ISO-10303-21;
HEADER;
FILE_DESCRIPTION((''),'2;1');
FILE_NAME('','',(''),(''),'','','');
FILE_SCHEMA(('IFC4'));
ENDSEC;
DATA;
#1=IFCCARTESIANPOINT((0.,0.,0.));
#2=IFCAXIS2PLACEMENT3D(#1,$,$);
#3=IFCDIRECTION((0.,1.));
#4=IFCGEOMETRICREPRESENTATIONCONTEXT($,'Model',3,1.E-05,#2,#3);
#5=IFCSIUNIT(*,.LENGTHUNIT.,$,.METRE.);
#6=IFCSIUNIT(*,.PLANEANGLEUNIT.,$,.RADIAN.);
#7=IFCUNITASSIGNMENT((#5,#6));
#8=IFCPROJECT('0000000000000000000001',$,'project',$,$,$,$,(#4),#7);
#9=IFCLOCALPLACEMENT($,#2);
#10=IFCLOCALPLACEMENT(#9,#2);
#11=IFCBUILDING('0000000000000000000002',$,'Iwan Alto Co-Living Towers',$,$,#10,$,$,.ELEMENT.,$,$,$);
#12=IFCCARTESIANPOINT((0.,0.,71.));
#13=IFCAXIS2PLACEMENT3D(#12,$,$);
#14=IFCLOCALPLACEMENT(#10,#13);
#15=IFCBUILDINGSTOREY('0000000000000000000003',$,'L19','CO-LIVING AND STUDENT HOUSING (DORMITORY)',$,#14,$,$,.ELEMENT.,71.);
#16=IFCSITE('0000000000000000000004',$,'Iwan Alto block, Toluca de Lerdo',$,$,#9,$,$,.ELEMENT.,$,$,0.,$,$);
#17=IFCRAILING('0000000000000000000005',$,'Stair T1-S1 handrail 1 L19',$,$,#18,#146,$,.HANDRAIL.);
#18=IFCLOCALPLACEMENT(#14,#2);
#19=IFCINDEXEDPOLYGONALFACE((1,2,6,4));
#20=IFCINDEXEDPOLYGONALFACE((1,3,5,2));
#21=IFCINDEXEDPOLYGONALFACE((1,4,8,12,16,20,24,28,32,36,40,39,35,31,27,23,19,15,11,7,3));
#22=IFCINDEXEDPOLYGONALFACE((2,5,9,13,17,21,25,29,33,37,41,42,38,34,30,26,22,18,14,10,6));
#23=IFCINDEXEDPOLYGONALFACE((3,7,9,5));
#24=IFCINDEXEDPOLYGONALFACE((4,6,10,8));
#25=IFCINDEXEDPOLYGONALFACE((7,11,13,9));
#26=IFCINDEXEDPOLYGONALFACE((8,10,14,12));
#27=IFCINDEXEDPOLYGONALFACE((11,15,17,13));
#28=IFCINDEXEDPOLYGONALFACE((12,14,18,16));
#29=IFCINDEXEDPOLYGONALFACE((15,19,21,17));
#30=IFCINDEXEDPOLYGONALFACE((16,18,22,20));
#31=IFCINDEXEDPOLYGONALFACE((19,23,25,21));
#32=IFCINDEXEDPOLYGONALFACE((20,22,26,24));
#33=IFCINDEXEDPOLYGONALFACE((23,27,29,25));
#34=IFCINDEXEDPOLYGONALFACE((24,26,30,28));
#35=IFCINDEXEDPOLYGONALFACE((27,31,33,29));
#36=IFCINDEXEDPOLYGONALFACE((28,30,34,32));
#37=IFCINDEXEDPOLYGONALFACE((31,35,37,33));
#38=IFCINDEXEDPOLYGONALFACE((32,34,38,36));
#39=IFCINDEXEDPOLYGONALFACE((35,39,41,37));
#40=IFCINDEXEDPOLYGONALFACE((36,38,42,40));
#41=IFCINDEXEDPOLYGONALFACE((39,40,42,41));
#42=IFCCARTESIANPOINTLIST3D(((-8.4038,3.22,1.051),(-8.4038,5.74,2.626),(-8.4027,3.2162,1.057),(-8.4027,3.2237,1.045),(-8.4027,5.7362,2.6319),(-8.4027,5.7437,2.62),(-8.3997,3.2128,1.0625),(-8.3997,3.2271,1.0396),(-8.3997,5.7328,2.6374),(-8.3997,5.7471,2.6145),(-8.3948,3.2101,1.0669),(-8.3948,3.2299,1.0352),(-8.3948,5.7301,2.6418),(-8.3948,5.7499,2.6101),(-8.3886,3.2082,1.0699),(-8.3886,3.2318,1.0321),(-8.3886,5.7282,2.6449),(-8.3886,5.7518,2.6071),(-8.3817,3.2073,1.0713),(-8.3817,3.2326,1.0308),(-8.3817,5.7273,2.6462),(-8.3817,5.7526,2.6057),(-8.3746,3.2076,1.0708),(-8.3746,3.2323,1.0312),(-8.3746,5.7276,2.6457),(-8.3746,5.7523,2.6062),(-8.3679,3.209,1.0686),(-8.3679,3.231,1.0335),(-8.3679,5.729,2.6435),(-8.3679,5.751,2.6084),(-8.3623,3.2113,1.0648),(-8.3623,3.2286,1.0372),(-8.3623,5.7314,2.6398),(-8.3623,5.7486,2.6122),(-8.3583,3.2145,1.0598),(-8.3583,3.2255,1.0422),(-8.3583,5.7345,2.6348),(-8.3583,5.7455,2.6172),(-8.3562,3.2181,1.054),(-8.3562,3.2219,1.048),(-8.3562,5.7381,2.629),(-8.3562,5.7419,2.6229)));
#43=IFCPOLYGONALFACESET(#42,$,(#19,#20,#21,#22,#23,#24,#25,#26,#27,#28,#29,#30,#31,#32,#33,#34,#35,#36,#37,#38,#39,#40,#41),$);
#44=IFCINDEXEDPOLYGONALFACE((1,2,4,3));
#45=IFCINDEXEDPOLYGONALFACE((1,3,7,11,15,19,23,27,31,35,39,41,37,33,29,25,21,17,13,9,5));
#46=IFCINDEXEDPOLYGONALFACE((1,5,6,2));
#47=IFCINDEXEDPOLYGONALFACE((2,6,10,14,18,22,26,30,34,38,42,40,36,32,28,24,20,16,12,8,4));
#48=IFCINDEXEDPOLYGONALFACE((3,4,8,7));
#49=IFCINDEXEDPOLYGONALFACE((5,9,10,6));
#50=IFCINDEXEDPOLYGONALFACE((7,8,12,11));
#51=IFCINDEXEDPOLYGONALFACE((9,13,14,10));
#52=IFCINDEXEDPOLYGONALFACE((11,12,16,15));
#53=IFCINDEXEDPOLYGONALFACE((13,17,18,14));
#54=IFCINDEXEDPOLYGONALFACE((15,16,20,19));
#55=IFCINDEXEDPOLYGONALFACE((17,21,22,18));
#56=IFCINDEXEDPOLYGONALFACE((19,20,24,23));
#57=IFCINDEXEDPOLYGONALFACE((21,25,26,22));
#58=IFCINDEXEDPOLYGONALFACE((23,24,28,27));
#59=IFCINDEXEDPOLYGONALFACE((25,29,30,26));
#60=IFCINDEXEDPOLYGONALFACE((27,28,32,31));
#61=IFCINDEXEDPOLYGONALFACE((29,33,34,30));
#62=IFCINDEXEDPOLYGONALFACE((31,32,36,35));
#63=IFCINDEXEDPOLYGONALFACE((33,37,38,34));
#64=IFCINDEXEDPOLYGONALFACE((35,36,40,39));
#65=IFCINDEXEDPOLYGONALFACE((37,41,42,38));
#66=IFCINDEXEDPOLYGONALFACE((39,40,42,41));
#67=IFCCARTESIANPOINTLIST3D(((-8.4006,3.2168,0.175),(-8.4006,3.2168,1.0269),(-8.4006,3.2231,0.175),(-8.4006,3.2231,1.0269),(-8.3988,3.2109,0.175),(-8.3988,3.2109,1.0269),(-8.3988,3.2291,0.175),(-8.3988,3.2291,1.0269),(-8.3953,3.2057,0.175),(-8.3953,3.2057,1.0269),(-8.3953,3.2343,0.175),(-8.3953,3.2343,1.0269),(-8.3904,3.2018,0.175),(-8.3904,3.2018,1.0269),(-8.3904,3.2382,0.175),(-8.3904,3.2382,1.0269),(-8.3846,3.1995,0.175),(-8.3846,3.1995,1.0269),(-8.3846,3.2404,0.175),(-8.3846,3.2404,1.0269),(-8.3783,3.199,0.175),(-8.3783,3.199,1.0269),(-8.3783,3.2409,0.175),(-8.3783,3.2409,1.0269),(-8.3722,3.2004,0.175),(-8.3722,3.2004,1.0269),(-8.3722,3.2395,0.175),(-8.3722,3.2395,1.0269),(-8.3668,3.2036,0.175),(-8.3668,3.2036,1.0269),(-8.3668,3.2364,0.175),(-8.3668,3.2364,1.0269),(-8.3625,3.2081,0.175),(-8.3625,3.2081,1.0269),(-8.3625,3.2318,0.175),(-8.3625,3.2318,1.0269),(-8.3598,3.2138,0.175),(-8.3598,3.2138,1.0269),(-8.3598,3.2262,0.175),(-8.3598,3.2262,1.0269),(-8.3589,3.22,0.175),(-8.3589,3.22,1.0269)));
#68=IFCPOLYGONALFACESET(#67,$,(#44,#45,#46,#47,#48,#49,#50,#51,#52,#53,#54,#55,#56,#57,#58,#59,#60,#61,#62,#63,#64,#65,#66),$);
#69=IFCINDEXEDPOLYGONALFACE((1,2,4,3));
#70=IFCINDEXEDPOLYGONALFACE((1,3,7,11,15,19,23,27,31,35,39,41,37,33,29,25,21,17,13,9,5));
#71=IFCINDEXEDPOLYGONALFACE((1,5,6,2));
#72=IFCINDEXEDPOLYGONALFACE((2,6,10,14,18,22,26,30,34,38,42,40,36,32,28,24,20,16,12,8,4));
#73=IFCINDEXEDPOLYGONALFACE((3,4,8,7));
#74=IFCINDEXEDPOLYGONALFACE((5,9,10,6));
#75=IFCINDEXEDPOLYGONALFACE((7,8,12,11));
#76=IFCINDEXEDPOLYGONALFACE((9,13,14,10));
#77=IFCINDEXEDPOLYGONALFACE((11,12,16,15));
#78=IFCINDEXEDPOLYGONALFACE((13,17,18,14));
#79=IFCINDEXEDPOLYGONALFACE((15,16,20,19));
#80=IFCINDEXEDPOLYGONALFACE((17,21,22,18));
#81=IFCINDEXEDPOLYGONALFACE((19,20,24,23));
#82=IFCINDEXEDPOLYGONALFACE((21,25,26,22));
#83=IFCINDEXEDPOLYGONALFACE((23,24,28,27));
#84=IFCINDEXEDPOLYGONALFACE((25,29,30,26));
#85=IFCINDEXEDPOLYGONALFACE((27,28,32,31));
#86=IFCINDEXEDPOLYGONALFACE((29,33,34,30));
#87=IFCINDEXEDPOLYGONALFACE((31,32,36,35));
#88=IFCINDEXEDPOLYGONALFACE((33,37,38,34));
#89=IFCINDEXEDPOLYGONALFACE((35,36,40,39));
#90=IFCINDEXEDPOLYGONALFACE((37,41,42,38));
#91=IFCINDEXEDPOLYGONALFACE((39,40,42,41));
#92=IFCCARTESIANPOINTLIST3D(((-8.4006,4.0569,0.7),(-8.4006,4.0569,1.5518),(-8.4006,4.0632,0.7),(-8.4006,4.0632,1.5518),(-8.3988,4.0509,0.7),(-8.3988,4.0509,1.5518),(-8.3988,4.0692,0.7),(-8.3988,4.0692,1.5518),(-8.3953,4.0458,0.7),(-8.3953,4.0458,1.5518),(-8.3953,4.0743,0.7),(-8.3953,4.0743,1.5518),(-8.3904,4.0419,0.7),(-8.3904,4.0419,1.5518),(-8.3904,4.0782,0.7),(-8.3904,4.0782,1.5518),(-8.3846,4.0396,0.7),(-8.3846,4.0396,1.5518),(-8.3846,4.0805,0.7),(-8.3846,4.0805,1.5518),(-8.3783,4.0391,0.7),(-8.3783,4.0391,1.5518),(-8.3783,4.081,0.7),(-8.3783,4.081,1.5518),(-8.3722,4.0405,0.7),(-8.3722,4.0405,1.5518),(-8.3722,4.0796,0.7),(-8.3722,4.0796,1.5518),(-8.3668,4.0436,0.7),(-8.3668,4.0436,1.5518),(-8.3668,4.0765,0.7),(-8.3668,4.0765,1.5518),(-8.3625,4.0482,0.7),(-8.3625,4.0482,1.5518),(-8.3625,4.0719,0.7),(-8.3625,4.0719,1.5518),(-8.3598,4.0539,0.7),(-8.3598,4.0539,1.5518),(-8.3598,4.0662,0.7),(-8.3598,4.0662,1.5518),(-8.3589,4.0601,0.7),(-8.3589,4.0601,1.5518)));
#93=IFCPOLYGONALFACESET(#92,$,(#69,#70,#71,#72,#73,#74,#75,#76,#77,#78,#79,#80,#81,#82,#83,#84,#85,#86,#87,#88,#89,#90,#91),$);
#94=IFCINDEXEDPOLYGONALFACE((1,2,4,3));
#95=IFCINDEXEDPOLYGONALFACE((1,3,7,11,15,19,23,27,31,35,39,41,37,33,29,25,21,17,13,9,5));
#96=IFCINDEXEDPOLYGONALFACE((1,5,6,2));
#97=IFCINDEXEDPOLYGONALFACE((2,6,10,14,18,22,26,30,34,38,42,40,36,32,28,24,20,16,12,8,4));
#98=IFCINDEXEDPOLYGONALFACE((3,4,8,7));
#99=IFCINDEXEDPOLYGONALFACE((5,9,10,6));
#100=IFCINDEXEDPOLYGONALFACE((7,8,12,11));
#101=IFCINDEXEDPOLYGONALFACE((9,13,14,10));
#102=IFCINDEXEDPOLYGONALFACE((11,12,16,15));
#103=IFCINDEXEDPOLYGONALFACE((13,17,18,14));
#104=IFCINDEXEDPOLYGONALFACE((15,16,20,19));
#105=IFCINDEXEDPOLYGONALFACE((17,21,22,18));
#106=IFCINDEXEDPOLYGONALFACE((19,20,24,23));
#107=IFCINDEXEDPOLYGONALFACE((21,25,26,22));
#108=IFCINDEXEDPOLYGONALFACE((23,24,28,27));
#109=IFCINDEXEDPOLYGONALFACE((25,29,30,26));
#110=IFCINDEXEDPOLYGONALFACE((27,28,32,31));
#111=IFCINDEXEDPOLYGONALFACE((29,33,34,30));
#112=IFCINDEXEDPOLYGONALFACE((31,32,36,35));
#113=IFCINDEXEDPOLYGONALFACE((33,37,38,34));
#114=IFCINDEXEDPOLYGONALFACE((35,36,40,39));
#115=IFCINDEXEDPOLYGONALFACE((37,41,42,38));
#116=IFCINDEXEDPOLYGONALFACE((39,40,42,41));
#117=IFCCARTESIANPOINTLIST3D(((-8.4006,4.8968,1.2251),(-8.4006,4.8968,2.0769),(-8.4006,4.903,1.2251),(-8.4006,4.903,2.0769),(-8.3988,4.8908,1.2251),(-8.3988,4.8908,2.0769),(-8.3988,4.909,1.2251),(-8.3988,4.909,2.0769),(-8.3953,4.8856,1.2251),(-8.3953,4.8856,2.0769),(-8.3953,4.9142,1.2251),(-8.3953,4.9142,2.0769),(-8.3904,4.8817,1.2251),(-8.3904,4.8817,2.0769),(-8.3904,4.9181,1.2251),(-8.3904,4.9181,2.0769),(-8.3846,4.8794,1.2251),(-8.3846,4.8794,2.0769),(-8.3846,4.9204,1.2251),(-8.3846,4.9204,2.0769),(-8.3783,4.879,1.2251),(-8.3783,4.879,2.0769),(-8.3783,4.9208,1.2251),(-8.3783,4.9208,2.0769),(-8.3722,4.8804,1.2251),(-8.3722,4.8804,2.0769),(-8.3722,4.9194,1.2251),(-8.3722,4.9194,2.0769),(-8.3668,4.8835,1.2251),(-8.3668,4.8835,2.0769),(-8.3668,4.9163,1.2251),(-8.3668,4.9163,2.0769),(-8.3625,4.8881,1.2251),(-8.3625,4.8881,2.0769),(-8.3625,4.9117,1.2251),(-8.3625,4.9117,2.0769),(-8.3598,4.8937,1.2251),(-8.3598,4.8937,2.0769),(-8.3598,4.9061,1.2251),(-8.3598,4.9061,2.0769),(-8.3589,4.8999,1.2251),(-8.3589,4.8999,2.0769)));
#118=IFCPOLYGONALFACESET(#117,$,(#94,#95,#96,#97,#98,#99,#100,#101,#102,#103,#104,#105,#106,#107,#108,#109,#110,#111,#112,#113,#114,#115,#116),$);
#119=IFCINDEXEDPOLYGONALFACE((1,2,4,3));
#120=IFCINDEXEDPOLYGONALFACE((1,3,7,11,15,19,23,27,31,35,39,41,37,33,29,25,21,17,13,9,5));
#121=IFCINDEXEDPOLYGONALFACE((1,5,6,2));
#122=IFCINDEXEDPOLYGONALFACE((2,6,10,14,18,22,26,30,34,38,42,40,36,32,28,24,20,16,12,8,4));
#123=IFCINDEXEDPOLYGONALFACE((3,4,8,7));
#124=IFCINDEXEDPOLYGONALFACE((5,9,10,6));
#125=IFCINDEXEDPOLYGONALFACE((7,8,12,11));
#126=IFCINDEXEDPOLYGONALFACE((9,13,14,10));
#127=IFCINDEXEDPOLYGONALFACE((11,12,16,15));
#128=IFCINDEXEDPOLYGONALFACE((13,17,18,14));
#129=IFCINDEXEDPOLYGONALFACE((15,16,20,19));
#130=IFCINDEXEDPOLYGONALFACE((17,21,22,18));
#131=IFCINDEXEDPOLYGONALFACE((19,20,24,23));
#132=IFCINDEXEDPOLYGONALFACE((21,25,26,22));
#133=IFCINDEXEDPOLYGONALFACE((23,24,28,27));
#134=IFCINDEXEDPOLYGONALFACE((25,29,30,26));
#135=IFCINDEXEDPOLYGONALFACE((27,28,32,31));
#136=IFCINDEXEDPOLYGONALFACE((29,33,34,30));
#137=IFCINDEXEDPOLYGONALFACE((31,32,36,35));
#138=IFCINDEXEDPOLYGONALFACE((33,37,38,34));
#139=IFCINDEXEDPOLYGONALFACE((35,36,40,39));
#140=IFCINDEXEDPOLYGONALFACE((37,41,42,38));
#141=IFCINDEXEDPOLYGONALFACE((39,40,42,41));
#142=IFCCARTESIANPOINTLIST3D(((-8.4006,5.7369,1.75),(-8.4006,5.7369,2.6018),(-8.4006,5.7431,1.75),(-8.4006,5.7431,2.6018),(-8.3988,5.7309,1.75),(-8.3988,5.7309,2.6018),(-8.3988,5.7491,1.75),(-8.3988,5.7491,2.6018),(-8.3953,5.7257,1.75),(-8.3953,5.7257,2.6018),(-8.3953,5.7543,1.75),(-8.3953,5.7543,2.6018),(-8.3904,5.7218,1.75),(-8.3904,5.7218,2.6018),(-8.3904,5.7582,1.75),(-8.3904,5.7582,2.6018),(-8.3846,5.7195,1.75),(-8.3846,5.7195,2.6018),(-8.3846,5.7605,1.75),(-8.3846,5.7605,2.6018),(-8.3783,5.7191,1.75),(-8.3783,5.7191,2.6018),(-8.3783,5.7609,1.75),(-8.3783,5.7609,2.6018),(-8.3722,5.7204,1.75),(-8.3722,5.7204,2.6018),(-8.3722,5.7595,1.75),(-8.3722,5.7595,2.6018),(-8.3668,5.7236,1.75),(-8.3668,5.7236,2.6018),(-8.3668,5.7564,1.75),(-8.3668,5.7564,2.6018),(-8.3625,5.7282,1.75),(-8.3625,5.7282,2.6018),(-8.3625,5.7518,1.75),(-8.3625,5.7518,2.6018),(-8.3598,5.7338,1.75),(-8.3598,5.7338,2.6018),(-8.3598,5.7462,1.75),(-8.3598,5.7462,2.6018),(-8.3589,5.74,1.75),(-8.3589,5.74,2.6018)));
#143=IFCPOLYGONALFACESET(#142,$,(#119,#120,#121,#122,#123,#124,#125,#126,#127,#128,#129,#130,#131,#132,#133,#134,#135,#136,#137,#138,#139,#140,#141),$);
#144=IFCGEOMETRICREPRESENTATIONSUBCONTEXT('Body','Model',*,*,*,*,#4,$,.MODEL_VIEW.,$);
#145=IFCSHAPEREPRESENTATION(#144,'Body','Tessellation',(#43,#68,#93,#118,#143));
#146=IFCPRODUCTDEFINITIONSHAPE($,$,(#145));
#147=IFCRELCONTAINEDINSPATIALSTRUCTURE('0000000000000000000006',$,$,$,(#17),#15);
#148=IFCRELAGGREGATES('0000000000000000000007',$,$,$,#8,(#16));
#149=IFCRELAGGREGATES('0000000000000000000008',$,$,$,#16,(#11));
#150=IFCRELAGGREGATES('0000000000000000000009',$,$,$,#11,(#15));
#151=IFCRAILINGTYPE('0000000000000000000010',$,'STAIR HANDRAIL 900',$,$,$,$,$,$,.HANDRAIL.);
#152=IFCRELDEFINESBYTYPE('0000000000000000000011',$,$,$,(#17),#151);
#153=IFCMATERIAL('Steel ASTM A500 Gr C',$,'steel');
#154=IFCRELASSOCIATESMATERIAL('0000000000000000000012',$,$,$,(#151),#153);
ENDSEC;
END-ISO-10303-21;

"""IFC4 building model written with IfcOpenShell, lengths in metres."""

from ifc_helpers import new_model, si_unit, direction, frame, origin, origin_2d, place, context, subcontext, project, spatial, circle, extrude, material, type_object, element, save


model = new_model("IFC4")

# Units and contexts
model_context = context("Model", 3, precision=1e-05, world=origin(), true_north=direction((0.0, 1.0)))
body_context = subcontext(model_context, "Body", "Model", "MODEL_VIEW")
ifc_project = project(units=[si_unit("LENGTHUNIT", "METRE"), si_unit("PLANEANGLEUNIT", "RADIAN")], contexts=[model_context])

# Site, building, storey
site_placement = place(None, origin())
site = spatial("IfcSite", under=ifc_project, at=site_placement, Name="Iwan Alto block, Toluca de Lerdo", CompositionType="ELEMENT", RefElevation=0.0)
building_placement = place(site_placement, origin())
building = spatial("IfcBuilding", under=site, at=building_placement, Name="Iwan Alto Co-Living Towers", CompositionType="ELEMENT")
storey_placement = place(building_placement, frame((0.0, 0.0, 71.0)))
storey = spatial("IfcBuildingStorey", under=building, at=storey_placement, Name="L19", Description="CO-LIVING AND STUDENT HOUSING (DORMITORY)", CompositionType="ELEMENT", Elevation=71.0)

# Railing
ifc_material_1 = material(Name="Steel ASTM A500 Gr C", Category="steel")
railing_type = type_object("IfcRailingType", Name="STAIR HANDRAIL 900", PredefinedType="HANDRAIL", material=ifc_material_1)
railing_1_placement = place(storey_placement, frame((-8.3799, 3.22, 0.175)))
element("IfcRailing", 1, at=railing_1_placement, inside=storey, type_object=railing_type, Name="Stair T1-S1 handrail 1 L19", PredefinedType="HANDRAIL", context=body_context, shape_type="SweptSolid", body=[
    extrude(circle(Radius=0.0239, at=origin_2d()), frame((0.0, 0.0, 0.876), z_axis=(0.0, 0.848008, 0.529984), x_axis=(-1.0, 0.0, 0.0)), (0.0, 0.0, 1.0), 2.9717),
    extrude(circle(Radius=0.021, at=origin_2d()), origin(), (0.0, 0.0, 1.0), 0.8518),
    extrude(circle(Radius=0.021, at=origin_2d()), frame((0.0, 0.8401, 0.5249)), (0.0, 0.0, 1.0), 0.8518),
    extrude(circle(Radius=0.021, at=origin_2d()), frame((0.0, 1.6799, 1.05)), (0.0, 0.0, 1.0), 0.8518),
    extrude(circle(Radius=0.021, at=origin_2d()), frame((0.0, 2.52, 1.575)), (0.0, 0.0, 1.0), 0.8518),
])

save(model, "model.ifc")
